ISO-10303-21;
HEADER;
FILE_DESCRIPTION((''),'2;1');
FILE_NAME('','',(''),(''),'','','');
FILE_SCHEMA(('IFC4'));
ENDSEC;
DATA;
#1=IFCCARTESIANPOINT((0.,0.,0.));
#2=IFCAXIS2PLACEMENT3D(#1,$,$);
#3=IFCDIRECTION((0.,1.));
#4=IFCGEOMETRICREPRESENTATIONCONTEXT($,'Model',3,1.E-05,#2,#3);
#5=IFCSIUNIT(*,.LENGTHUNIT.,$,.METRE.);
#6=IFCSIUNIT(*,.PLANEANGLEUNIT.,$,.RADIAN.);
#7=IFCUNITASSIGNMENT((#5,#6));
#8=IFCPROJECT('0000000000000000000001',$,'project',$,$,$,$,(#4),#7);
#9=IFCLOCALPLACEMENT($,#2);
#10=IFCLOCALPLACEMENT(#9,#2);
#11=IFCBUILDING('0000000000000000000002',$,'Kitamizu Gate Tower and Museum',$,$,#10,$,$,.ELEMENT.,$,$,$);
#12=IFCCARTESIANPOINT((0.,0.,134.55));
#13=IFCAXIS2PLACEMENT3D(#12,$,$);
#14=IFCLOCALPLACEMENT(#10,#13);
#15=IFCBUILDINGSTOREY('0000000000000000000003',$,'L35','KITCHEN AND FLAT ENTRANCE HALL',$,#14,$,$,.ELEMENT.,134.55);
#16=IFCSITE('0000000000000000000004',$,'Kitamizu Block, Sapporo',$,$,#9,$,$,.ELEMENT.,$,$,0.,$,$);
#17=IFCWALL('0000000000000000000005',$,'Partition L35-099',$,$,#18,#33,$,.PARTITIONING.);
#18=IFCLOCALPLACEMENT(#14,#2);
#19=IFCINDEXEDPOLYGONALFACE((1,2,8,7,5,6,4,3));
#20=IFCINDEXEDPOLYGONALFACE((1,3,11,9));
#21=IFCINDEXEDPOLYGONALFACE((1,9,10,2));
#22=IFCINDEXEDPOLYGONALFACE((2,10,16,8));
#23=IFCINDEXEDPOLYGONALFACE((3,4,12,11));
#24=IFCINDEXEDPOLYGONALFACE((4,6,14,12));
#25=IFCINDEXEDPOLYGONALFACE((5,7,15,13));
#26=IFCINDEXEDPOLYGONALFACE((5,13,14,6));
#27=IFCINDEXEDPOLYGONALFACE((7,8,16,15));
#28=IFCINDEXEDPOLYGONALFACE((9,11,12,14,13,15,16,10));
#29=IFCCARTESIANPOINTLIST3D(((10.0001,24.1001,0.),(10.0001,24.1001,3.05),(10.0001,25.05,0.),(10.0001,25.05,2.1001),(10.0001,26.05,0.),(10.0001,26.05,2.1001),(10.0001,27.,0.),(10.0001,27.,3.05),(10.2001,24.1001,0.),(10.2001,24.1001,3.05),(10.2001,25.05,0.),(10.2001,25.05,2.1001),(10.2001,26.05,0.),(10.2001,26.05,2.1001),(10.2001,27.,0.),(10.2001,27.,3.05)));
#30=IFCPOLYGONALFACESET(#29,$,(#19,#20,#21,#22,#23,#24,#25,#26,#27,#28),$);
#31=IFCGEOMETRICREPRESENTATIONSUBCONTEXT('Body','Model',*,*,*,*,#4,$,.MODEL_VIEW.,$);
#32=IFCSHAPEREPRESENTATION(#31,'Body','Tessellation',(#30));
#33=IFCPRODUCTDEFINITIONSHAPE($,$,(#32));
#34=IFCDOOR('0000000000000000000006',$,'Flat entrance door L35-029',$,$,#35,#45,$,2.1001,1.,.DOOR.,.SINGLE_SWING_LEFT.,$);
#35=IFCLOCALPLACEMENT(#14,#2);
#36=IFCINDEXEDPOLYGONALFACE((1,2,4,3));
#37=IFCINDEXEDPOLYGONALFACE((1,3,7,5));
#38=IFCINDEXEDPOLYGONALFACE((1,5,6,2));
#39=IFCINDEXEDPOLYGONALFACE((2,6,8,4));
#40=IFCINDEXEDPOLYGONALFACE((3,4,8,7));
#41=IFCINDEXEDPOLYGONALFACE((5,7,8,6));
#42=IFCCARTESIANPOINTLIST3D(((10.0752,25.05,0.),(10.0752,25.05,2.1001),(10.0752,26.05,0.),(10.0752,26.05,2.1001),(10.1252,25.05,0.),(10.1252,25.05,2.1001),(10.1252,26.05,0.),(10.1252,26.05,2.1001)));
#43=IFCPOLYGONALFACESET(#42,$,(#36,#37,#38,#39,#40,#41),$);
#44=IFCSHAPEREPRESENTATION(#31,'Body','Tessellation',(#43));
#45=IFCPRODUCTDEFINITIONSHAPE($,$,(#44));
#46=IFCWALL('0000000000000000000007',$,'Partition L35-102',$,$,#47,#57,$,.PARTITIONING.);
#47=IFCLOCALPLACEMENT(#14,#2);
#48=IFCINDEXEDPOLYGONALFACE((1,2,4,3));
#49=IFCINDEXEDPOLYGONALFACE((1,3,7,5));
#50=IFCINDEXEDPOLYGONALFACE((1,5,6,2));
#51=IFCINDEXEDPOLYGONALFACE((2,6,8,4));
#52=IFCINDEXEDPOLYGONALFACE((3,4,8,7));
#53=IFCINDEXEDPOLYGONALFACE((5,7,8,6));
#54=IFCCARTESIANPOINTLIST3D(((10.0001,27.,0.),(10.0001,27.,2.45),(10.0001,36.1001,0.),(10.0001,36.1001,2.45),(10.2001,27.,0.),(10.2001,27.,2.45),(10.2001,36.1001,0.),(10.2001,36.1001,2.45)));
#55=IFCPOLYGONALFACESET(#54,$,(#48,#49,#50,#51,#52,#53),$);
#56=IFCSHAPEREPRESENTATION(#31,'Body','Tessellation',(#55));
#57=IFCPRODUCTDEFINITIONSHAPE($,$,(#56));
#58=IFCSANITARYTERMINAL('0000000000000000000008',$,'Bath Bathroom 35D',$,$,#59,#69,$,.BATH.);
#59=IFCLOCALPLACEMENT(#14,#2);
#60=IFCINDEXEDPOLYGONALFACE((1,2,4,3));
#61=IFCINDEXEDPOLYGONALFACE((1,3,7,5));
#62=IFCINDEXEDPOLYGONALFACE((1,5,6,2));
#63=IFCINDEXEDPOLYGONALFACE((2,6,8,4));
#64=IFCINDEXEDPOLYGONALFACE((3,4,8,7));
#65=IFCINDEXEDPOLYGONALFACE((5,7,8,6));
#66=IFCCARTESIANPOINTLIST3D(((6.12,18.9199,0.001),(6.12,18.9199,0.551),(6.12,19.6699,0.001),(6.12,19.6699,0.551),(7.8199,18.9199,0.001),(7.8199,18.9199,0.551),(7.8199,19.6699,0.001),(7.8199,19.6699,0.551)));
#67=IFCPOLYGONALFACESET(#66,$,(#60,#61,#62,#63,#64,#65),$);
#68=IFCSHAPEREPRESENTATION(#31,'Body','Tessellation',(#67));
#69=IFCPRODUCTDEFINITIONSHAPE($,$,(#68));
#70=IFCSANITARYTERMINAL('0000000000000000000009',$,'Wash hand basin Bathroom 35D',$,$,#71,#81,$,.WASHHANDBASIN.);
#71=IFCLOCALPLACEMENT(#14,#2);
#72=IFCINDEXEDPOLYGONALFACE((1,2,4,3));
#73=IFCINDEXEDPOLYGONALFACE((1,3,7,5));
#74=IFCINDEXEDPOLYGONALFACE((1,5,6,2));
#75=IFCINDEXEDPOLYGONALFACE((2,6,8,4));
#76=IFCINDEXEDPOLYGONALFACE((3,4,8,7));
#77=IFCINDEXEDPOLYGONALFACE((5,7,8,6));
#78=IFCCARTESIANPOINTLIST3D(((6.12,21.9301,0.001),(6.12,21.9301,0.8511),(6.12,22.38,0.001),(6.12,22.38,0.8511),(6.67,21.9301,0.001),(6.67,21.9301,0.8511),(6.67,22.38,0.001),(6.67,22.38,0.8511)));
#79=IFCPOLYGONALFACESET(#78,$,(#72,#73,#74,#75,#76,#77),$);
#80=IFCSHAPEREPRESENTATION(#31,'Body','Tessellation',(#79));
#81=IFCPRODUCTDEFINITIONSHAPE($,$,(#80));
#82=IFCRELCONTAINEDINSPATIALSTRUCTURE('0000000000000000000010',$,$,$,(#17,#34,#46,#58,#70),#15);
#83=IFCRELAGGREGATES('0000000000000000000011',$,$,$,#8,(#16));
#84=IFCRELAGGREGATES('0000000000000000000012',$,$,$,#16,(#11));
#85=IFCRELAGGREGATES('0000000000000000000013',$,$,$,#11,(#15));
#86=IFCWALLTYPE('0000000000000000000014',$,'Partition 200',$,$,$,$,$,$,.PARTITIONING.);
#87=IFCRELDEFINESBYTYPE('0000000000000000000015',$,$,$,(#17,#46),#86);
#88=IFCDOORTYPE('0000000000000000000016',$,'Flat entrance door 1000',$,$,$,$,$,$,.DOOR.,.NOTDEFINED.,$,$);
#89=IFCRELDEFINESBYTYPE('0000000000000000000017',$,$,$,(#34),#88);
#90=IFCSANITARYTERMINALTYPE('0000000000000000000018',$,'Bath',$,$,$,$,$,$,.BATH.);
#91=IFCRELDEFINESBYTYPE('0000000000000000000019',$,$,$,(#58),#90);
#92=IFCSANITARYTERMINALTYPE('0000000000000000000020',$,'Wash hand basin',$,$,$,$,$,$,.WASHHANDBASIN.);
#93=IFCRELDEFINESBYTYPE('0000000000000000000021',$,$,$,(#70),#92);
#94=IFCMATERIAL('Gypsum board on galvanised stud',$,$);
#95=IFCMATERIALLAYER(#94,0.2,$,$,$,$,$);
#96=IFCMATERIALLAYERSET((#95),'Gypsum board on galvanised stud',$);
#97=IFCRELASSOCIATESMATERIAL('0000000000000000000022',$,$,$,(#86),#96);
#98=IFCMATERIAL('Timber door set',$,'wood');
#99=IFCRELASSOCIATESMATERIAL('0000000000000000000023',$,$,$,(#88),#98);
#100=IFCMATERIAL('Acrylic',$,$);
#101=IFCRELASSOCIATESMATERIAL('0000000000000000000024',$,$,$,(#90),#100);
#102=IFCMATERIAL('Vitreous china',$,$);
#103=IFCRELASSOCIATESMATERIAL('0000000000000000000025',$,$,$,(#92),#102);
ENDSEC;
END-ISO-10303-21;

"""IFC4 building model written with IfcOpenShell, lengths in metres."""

from ifc_helpers import new_model, si_unit, direction, frame, frame_2d, origin, origin_2d, place, context, subcontext, project, spatial, rectangle, extrude, material, layer, layer_set, type_object, element, fill, save


model = new_model("IFC4")

# Units and contexts
model_context = context("Model", 3, precision=1e-05, world=origin(), true_north=direction((0.0, 1.0)))
body_context = subcontext(model_context, "Body", "Model", "MODEL_VIEW")
ifc_project = project(units=[si_unit("LENGTHUNIT", "METRE"), si_unit("PLANEANGLEUNIT", "RADIAN")], contexts=[model_context])

# Site, building, storey
site_placement = place(None, origin())
site = spatial("IfcSite", under=ifc_project, at=site_placement, Name="Kitamizu Block, Sapporo", CompositionType="ELEMENT", RefElevation=0.0)
building_placement = place(site_placement, origin())
building = spatial("IfcBuilding", under=site, at=building_placement, Name="Kitamizu Gate Tower and Museum", CompositionType="ELEMENT")
storey_placement = place(building_placement, frame((0.0, 0.0, 134.55)))
storey = spatial("IfcBuildingStorey", under=building, at=storey_placement, Name="L35", Description="KITCHEN AND FLAT ENTRANCE HALL", CompositionType="ELEMENT", Elevation=134.55)

# Shared definitions
ifc_material_1 = material(Name="Gypsum board on galvanised stud")
ifc_layer_1 = layer(ifc_material_1, 0.2)
ifc_layer_set_1 = layer_set([ifc_layer_1], Name="Gypsum board on galvanised stud")
wall_type_1 = type_object("IfcWallType", Name="Partition 200", PredefinedType="PARTITIONING", material=ifc_layer_set_1)

# Wall, opening, door
wall_1_placement = place(storey_placement, frame((10.1001, 24.1001, 0.0), z_axis=(0.0, 0.0, 1.0), x_axis=(0.0, 1.0, 0.0)))
wall_1 = element("IfcWall", 1, at=wall_1_placement, inside=storey, type_object=wall_type_1, Name="Partition L35-099", PredefinedType="PARTITIONING", context=body_context, shape_type="SweptSolid", body=[
    extrude(rectangle(XDim=2.8999, YDim=0.2, at=frame_2d((1.45, 0.0))), origin(), (0.0, 0.0, 1.0), 3.05),
])
opening_1_placement = place(wall_1_placement, frame((0.95, 0.0, 0.0)))
opening_1 = element("IfcOpeningElement", 2, at=opening_1_placement, cuts=wall_1, PredefinedType="OPENING", context=body_context, shape_type="SweptSolid", body=[
    extrude(rectangle(XDim=1.0, YDim=2.1001, at=frame_2d((0.5, 1.05))), frame((0.0, 0.1099, 0.0), z_axis=(0.0, -1.0, 0.0), x_axis=(1.0, 0.0, 0.0)), (0.0, 0.0, 1.0), 0.22),
])
ifc_material_2 = material(Name="Timber door set", Category="wood")
door_type_1 = type_object("IfcDoorType", Name="Flat entrance door 1000", OperationType="NOTDEFINED", PredefinedType="DOOR", material=ifc_material_2)
door_1_placement = place(opening_1_placement, origin())
door_1 = element("IfcDoor", 3, at=door_1_placement, inside=storey, type_object=door_type_1, Name="Flat entrance door L35-029", OperationType="SINGLE_SWING_LEFT", OverallHeight=2.1001, OverallWidth=1.0, PredefinedType="DOOR", context=body_context, shape_type="SweptSolid", body=[
    extrude(rectangle(XDim=1.0, YDim=2.1001, at=frame_2d((0.5, 1.05))), frame((0.0, 0.0249, 0.0), z_axis=(0.0, -1.0, 0.0), x_axis=(1.0, 0.0, 0.0)), (0.0, 0.0, 1.0), 0.05),
])
fill(opening_1, door_1)

# Wall
wall_2_placement = place(storey_placement, frame((10.1001, 27.0, 0.0), z_axis=(0.0, 0.0, 1.0), x_axis=(0.0, 1.0, 0.0)))
element("IfcWall", 4, at=wall_2_placement, inside=storey, type_object=wall_type_1, Name="Partition L35-102", PredefinedType="PARTITIONING", context=body_context, shape_type="SweptSolid", body=[
    extrude(rectangle(XDim=9.1001, YDim=0.2, at=frame_2d((4.55, 0.0))), origin(), (0.0, 0.0, 1.0), 2.45),
])

# Sanitary terminals
ifc_material_3 = material(Name="Acrylic")
sanitary_terminal_type_1 = type_object("IfcSanitaryTerminalType", Name="Bath", PredefinedType="BATH", material=ifc_material_3)
sanitary_terminal_1_placement = place(storey_placement, frame((6.97, 19.2949, 0.001), z_axis=(0.0, 0.0, 1.0), x_axis=(1.0, 0.0, 0.0)))
element("IfcSanitaryTerminal", 5, at=sanitary_terminal_1_placement, inside=storey, type_object=sanitary_terminal_type_1, Name="Bath Bathroom 35D", PredefinedType="BATH", context=body_context, shape_type="SweptSolid", body=[
    extrude(rectangle(XDim=1.7, YDim=0.75, at=origin_2d()), origin(), (0.0, 0.0, 1.0), 0.55),
])
ifc_material_4 = material(Name="Vitreous china")
sanitary_terminal_type_2 = type_object("IfcSanitaryTerminalType", Name="Wash hand basin", PredefinedType="WASHHANDBASIN", material=ifc_material_4)
sanitary_terminal_2_placement = place(storey_placement, frame((6.395, 22.155, 0.001), z_axis=(0.0, 0.0, 1.0), x_axis=(1.0, 0.0, 0.0)))
element("IfcSanitaryTerminal", 6, at=sanitary_terminal_2_placement, inside=storey, type_object=sanitary_terminal_type_2, Name="Wash hand basin Bathroom 35D", PredefinedType="WASHHANDBASIN", context=body_context, shape_type="SweptSolid", body=[
    extrude(rectangle(XDim=0.55, YDim=0.45, at=origin_2d()), origin(), (0.0, 0.0, 1.0), 0.8501),
])

save(model, "model.ifc")
